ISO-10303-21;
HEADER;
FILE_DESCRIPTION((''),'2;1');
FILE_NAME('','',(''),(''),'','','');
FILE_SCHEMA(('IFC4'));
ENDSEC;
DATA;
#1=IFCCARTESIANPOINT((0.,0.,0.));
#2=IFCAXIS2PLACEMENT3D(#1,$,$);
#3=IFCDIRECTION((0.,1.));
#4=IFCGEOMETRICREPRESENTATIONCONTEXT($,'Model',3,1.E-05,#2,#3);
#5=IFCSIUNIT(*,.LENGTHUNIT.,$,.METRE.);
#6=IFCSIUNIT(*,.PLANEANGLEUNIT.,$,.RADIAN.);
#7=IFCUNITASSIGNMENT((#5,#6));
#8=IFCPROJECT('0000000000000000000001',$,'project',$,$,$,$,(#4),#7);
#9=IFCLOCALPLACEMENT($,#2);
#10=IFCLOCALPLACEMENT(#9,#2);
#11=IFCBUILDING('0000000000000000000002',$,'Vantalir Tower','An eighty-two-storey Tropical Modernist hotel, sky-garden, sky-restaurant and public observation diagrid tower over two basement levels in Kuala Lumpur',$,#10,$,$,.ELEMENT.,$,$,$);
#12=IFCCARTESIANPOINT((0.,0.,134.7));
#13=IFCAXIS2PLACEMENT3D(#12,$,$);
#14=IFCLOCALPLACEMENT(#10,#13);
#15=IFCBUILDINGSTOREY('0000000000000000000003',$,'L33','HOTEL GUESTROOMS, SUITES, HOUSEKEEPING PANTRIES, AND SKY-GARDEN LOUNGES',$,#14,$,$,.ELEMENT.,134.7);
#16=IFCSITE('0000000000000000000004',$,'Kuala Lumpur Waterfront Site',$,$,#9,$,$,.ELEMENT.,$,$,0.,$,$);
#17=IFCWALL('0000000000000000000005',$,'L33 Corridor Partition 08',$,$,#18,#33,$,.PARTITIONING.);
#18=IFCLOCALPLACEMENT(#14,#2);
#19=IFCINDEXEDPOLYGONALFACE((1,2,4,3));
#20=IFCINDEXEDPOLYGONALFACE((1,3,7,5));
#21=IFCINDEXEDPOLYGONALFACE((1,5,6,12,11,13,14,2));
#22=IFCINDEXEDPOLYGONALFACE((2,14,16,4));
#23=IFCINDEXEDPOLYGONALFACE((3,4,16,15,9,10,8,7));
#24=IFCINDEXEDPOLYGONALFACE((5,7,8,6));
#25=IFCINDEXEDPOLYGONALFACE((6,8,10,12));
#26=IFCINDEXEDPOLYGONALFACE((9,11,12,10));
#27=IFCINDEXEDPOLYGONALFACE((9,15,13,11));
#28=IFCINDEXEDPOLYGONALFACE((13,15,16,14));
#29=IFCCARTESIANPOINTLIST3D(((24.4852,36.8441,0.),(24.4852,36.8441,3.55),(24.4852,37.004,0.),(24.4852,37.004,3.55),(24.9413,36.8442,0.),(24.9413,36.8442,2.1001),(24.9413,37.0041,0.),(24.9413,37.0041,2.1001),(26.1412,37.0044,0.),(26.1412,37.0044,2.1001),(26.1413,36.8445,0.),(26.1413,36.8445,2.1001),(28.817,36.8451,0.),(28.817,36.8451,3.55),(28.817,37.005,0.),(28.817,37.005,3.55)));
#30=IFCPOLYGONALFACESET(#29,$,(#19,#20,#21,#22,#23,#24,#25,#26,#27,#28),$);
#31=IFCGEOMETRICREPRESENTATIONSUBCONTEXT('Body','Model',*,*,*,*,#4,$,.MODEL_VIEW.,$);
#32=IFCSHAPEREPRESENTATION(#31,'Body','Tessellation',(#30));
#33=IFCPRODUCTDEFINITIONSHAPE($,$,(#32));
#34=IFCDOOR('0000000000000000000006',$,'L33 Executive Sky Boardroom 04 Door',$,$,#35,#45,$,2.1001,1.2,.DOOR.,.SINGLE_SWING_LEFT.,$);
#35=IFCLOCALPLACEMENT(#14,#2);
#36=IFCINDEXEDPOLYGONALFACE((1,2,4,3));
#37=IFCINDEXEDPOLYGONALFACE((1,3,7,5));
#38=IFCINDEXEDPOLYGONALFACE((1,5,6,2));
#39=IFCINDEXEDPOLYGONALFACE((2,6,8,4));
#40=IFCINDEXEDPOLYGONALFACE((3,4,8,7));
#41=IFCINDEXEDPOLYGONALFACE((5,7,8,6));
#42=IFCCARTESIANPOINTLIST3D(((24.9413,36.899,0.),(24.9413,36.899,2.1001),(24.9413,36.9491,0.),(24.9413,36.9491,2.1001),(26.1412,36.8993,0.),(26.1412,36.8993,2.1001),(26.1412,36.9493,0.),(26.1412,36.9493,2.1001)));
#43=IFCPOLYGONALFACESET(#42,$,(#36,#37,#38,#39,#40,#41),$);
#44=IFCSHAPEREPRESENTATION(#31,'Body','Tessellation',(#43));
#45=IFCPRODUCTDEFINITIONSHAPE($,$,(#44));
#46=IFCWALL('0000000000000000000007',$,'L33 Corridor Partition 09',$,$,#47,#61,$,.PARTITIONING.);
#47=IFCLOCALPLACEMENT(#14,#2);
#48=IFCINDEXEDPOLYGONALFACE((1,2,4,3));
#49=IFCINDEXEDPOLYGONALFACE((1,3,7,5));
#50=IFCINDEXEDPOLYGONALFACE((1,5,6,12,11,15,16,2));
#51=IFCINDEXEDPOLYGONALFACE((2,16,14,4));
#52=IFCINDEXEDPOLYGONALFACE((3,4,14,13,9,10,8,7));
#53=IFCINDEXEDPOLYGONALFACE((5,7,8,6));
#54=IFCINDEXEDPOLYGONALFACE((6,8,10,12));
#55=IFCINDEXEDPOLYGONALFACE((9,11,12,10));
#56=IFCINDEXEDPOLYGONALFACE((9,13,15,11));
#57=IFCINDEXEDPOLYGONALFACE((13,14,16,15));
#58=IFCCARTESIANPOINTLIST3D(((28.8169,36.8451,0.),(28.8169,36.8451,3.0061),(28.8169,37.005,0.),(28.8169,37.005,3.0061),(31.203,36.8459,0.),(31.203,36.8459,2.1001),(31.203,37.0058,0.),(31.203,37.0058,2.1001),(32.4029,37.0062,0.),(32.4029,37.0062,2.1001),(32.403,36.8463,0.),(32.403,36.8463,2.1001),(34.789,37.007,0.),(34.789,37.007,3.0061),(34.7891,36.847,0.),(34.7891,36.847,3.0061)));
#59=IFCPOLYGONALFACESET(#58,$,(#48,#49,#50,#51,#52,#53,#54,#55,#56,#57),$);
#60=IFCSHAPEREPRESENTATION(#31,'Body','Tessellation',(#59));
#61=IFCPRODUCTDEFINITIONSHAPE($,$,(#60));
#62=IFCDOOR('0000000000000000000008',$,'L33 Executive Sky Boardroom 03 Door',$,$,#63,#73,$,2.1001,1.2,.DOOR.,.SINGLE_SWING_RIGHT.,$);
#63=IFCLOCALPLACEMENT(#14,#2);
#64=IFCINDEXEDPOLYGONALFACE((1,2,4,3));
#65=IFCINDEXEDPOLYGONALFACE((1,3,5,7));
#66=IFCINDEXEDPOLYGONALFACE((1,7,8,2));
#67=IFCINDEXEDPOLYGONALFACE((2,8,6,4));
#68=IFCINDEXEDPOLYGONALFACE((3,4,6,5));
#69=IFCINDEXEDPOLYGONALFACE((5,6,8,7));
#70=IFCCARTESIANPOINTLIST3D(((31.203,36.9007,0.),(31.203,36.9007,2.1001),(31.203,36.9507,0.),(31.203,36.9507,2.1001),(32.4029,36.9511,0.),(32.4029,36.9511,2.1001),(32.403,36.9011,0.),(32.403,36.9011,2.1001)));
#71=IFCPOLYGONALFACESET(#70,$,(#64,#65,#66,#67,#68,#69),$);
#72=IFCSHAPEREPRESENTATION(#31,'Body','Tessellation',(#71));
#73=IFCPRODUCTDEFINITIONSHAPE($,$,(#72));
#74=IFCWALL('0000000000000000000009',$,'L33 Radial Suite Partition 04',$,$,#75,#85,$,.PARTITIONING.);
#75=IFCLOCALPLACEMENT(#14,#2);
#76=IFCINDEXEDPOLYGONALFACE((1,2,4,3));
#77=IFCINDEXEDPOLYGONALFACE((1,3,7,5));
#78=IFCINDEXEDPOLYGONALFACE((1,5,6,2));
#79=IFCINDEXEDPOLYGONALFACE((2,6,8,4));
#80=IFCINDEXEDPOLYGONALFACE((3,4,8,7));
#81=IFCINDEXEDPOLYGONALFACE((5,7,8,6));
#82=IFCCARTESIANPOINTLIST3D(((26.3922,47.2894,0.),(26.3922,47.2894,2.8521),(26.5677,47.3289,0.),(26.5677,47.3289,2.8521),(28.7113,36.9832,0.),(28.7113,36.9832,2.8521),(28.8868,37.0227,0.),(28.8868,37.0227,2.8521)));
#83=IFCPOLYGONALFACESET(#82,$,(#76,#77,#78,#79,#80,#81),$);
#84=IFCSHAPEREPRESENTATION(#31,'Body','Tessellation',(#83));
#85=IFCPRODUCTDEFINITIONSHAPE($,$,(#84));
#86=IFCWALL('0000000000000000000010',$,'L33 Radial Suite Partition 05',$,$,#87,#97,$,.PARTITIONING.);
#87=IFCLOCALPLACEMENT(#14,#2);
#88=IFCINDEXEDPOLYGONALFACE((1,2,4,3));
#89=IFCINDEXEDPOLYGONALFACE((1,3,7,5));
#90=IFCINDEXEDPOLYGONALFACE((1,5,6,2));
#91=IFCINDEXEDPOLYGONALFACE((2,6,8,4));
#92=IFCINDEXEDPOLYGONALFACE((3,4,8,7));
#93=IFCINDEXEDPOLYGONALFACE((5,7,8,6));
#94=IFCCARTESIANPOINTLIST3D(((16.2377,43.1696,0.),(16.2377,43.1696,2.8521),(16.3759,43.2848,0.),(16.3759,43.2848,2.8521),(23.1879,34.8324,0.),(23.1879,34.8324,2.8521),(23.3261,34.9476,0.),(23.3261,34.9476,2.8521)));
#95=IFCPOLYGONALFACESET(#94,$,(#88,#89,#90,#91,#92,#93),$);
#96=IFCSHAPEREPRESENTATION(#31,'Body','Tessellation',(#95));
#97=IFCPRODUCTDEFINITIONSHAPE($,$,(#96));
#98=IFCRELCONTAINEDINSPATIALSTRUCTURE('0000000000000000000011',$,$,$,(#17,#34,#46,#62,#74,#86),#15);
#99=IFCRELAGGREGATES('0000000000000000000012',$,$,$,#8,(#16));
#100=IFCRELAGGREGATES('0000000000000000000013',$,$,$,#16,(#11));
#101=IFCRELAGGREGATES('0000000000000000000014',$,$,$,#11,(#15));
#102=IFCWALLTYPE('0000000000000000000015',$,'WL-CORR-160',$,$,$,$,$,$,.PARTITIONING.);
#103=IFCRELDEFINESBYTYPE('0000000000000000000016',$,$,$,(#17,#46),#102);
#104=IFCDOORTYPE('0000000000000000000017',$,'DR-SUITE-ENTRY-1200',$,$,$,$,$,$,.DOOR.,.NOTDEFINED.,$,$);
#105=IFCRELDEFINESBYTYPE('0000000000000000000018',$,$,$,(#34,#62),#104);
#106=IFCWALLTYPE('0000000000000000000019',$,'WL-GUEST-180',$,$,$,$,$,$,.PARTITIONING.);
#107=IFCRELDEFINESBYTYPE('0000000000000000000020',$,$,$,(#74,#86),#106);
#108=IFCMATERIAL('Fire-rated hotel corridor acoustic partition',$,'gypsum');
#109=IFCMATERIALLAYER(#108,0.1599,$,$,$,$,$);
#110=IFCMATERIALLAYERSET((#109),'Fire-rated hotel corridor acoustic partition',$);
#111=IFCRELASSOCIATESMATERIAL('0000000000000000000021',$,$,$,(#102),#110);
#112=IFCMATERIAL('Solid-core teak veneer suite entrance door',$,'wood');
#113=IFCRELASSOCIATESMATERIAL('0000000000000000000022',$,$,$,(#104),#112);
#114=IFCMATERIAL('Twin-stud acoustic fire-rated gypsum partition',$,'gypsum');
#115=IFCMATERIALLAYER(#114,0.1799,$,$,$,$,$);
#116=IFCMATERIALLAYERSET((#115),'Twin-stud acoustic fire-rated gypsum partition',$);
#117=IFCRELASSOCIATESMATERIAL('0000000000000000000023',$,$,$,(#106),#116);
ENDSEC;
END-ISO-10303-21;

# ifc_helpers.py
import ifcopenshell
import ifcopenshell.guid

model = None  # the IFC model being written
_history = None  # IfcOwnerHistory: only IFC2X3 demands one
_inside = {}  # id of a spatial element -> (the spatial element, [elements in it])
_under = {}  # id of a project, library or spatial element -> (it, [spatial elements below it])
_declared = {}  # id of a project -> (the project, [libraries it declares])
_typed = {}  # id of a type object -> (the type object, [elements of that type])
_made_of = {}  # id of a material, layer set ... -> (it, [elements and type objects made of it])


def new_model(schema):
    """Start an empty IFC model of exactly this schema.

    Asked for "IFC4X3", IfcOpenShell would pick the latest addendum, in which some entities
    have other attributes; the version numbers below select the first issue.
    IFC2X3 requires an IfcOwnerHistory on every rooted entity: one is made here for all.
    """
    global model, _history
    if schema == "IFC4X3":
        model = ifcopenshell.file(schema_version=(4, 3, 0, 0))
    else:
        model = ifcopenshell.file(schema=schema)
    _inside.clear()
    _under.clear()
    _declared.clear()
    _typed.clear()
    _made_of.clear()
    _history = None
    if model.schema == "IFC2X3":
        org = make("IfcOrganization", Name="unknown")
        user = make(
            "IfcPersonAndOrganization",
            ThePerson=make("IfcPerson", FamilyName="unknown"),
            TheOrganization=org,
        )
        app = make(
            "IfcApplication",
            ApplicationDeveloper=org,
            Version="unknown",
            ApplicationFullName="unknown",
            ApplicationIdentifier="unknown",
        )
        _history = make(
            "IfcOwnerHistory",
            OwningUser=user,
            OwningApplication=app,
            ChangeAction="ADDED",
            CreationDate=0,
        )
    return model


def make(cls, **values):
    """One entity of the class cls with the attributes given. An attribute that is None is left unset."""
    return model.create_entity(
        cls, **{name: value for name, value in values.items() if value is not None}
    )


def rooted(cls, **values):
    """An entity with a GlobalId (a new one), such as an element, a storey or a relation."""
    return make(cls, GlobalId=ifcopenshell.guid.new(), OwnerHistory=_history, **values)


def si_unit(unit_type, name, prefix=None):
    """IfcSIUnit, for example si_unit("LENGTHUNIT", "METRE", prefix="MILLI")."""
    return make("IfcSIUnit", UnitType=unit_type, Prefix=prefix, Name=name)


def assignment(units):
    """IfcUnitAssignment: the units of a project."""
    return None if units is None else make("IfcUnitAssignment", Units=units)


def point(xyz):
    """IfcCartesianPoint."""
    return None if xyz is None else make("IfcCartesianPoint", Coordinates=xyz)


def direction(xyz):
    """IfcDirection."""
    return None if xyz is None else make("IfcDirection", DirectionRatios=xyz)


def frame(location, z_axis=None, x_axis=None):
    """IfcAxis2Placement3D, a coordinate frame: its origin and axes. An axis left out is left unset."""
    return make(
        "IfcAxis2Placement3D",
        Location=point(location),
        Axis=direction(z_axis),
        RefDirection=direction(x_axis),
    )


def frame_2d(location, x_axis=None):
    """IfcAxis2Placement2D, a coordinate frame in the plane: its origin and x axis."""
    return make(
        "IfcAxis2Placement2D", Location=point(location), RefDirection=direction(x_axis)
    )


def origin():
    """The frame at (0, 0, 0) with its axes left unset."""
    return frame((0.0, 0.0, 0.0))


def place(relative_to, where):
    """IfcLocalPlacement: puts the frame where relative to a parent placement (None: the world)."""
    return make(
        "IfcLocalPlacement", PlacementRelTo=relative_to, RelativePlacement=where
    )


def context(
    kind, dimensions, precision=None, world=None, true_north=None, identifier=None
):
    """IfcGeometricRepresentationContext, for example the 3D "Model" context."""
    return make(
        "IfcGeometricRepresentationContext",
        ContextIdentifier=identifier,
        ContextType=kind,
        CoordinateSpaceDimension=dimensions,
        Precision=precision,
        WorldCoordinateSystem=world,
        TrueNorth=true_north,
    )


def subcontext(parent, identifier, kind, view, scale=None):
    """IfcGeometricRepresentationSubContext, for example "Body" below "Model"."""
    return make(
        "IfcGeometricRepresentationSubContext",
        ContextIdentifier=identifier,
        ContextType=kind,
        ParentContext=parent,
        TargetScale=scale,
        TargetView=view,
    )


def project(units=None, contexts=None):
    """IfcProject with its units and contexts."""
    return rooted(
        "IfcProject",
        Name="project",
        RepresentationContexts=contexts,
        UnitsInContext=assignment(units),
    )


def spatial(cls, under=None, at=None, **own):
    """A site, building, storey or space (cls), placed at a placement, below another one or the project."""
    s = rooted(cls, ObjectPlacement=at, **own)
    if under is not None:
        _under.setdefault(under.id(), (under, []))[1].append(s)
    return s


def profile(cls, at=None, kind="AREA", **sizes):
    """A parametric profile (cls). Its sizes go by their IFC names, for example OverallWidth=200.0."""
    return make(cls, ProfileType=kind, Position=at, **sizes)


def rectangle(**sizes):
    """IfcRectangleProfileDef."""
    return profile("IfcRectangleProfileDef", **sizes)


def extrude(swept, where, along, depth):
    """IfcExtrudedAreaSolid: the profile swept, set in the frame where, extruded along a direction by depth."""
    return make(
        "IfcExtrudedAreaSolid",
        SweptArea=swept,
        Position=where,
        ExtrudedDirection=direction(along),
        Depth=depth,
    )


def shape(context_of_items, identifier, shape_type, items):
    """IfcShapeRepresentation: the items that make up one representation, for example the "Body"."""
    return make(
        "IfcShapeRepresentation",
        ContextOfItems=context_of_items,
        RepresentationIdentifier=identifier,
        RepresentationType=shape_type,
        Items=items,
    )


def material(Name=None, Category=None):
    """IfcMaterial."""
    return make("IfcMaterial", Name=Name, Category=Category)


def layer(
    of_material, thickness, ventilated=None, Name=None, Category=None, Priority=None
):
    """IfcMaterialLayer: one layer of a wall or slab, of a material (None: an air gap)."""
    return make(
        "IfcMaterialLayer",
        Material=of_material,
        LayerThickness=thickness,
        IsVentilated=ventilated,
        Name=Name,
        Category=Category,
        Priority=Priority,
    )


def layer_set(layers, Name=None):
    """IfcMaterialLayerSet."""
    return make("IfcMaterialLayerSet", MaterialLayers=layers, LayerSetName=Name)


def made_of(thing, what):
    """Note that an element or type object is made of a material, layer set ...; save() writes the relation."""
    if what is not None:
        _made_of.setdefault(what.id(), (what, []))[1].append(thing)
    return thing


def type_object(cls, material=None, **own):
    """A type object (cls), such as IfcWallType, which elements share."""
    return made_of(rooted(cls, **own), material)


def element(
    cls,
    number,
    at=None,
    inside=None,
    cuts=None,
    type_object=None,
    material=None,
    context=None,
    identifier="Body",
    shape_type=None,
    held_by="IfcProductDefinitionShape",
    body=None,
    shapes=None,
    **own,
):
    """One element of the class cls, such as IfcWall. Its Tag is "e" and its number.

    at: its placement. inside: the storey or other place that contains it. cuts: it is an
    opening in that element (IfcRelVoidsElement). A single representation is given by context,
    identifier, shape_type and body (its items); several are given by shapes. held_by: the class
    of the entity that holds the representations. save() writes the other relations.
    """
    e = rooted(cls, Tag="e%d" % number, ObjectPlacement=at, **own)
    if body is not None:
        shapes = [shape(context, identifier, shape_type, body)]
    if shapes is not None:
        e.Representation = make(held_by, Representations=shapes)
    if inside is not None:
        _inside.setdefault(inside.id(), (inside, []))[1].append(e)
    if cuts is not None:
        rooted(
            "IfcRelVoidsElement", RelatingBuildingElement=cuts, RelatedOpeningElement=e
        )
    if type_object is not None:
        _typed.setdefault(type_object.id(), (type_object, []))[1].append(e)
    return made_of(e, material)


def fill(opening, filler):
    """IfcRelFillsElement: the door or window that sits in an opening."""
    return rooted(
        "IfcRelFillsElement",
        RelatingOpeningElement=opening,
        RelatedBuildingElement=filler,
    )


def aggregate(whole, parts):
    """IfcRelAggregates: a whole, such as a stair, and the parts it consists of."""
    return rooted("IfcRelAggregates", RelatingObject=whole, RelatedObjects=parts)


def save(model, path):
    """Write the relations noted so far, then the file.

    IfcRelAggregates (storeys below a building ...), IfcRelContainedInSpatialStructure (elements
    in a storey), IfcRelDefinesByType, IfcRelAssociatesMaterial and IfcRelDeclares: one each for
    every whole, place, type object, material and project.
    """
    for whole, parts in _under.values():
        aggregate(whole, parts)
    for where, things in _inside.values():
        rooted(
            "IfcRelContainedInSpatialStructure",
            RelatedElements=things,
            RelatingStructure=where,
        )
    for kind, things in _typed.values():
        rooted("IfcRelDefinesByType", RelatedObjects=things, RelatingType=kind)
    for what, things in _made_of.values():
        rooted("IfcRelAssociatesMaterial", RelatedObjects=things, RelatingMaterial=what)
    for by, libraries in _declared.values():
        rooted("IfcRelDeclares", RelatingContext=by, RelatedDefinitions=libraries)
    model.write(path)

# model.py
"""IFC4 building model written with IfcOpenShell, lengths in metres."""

from ifc_helpers import new_model, si_unit, direction, frame, frame_2d, origin, place, context, subcontext, project, spatial, rectangle, extrude, material, layer, layer_set, type_object, element, fill, save


model = new_model("IFC4")

# Units and contexts
model_context = context("Model", 3, precision=1e-05, world=origin(), true_north=direction((0.0, 1.0)))
body_context = subcontext(model_context, "Body", "Model", "MODEL_VIEW")
ifc_project = project(units=[si_unit("LENGTHUNIT", "METRE"), si_unit("PLANEANGLEUNIT", "RADIAN")], contexts=[model_context])

# Site, building, storey
site_placement = place(None, origin())
site = spatial("IfcSite", under=ifc_project, at=site_placement, Name="Kuala Lumpur Waterfront Site", CompositionType="ELEMENT", RefElevation=0.0)
building_placement = place(site_placement, origin())
building = spatial("IfcBuilding", under=site, at=building_placement, Name="Vantalir Tower", Description="An eighty-two-storey Tropical Modernist hotel, sky-garden, sky-restaurant and public observation diagrid tower over two basement levels in Kuala Lumpur", CompositionType="ELEMENT")
storey_placement = place(building_placement, frame((0.0, 0.0, 134.7)))
storey = spatial("IfcBuildingStorey", under=building, at=storey_placement, Name="L33", Description="HOTEL GUESTROOMS, SUITES, HOUSEKEEPING PANTRIES, AND SKY-GARDEN LOUNGES", CompositionType="ELEMENT", Elevation=134.7)

# Shared definitions
ifc_material_1 = material(Name="Fire-rated hotel corridor acoustic partition", Category="gypsum")
ifc_layer_1 = layer(ifc_material_1, 0.1599)
ifc_layer_set_1 = layer_set([ifc_layer_1], Name="Fire-rated hotel corridor acoustic partition")
wall_type_1 = type_object("IfcWallType", Name="WL-CORR-160", PredefinedType="PARTITIONING", material=ifc_layer_set_1)

# Walls, openings, doors
wall_1_placement = place(storey_placement, frame((24.4851, 36.9241, 0.0), z_axis=(0.0, 0.0, 1.0), x_axis=(1.0, 0.000225, 0.0)))
wall_1 = element("IfcWall", 1, at=wall_1_placement, inside=storey, type_object=wall_type_1, Name="L33 Corridor Partition 08", PredefinedType="PARTITIONING", context=body_context, shape_type="SweptSolid", body=[
    extrude(rectangle(XDim=4.3318, YDim=0.1599, at=frame_2d((2.166, 0.0))), origin(), (0.0, 0.0, 1.0), 3.55),
])
opening_1_placement = place(wall_1_placement, frame((0.4561, 0.0, 0.0)))
opening_1 = element("IfcOpeningElement", 2, at=opening_1_placement, cuts=wall_1, PredefinedType="OPENING", context=body_context, shape_type="SweptSolid", body=[
    extrude(rectangle(XDim=1.2, YDim=2.1001, at=frame_2d((0.6001, 1.05))), frame((0.0, 0.0898, 0.0), z_axis=(0.0, -1.0, 0.0), x_axis=(1.0, 0.0, 0.0)), (0.0, 0.0, 1.0), 0.1799),
])
ifc_material_2 = material(Name="Solid-core teak veneer suite entrance door", Category="wood")
door_type_1 = type_object("IfcDoorType", Name="DR-SUITE-ENTRY-1200", OperationType="NOTDEFINED", PredefinedType="DOOR", material=ifc_material_2)
door_1_placement = place(opening_1_placement, origin())
door_1 = element("IfcDoor", 3, at=door_1_placement, inside=storey, type_object=door_type_1, Name="L33 Executive Sky Boardroom 04 Door", OperationType="SINGLE_SWING_LEFT", OverallHeight=2.1001, OverallWidth=1.2, PredefinedType="DOOR", context=body_context, shape_type="SweptSolid", body=[
    extrude(rectangle(XDim=1.2, YDim=2.1001, at=frame_2d((0.6001, 1.05))), frame((0.0, 0.0249, 0.0), z_axis=(0.0, -1.0, 0.0), x_axis=(1.0, 0.0, 0.0)), (0.0, 0.0, 1.0), 0.05),
])
fill(opening_1, door_1)
wall_2_placement = place(storey_placement, frame((28.8169, 36.925, 0.0), z_axis=(0.0, 0.0, 1.0), x_axis=(1.0, 0.000327, 0.0)))
wall_2 = element("IfcWall", 4, at=wall_2_placement, inside=storey, type_object=wall_type_1, Name="L33 Corridor Partition 09", PredefinedType="PARTITIONING", context=body_context, shape_type="SweptSolid", body=[
    extrude(rectangle(XDim=5.9722, YDim=0.1599, at=frame_2d((2.9861, 0.0))), origin(), (0.0, 0.0, 1.0), 3.0061),
])
opening_2_placement = place(wall_2_placement, frame((2.386, 0.0, 0.0)))
opening_2 = element("IfcOpeningElement", 5, at=opening_2_placement, cuts=wall_2, PredefinedType="OPENING", context=body_context, shape_type="SweptSolid", body=[
    extrude(rectangle(XDim=1.2, YDim=2.1001, at=frame_2d((0.6001, 1.05))), frame((0.0, 0.0898, 0.0), z_axis=(0.0, -1.0, 0.0), x_axis=(1.0, 0.0, 0.0)), (0.0, 0.0, 1.0), 0.1799),
])
door_2_placement = place(opening_2_placement, origin())
door_2 = element("IfcDoor", 6, at=door_2_placement, inside=storey, type_object=door_type_1, Name="L33 Executive Sky Boardroom 03 Door", OperationType="SINGLE_SWING_RIGHT", OverallHeight=2.1001, OverallWidth=1.2, PredefinedType="DOOR", context=body_context, shape_type="SweptSolid", body=[
    extrude(rectangle(XDim=1.2, YDim=2.1001, at=frame_2d((0.6001, 1.05))), frame((0.0, 0.0249, 0.0), z_axis=(0.0, -1.0, 0.0), x_axis=(1.0, 0.0, 0.0)), (0.0, 0.0, 1.0), 0.05),
])
fill(opening_2, door_2)

# Walls
ifc_material_3 = material(Name="Twin-stud acoustic fire-rated gypsum partition", Category="gypsum")
ifc_layer_2 = layer(ifc_material_3, 0.1799)
ifc_layer_set_2 = layer_set([ifc_layer_2], Name="Twin-stud acoustic fire-rated gypsum partition")
wall_type_2 = type_object("IfcWallType", Name="WL-GUEST-180", PredefinedType="PARTITIONING", material=ifc_layer_set_2)
wall_3_placement = place(storey_placement, frame((28.7991, 37.0029, 0.0), z_axis=(0.0, 0.0, 1.0), x_axis=(-0.219531, 0.975606, 0.0)))
element("IfcWall", 7, at=wall_3_placement, inside=storey, type_object=wall_type_2, Name="L33 Radial Suite Partition 04", PredefinedType="PARTITIONING", context=body_context, shape_type="SweptSolid", body=[
    extrude(rectangle(XDim=10.564, YDim=0.1799, at=frame_2d((5.282, 0.0))), origin(), (0.0, 0.0, 1.0), 2.8521),
])
wall_4_placement = place(storey_placement, frame((23.2571, 34.8899, 0.0), z_axis=(0.0, 0.0, 1.0), x_axis=(-0.640324, 0.768105, 0.0)))
element("IfcWall", 8, at=wall_4_placement, inside=storey, type_object=wall_type_2, Name="L33 Radial Suite Partition 05", PredefinedType="PARTITIONING", context=body_context, shape_type="SweptSolid", body=[
    extrude(rectangle(XDim=10.8542, YDim=0.1799, at=frame_2d((5.4272, 0.0))), origin(), (0.0, 0.0, 1.0), 2.8521),
])

save(model, "model.ifc")
